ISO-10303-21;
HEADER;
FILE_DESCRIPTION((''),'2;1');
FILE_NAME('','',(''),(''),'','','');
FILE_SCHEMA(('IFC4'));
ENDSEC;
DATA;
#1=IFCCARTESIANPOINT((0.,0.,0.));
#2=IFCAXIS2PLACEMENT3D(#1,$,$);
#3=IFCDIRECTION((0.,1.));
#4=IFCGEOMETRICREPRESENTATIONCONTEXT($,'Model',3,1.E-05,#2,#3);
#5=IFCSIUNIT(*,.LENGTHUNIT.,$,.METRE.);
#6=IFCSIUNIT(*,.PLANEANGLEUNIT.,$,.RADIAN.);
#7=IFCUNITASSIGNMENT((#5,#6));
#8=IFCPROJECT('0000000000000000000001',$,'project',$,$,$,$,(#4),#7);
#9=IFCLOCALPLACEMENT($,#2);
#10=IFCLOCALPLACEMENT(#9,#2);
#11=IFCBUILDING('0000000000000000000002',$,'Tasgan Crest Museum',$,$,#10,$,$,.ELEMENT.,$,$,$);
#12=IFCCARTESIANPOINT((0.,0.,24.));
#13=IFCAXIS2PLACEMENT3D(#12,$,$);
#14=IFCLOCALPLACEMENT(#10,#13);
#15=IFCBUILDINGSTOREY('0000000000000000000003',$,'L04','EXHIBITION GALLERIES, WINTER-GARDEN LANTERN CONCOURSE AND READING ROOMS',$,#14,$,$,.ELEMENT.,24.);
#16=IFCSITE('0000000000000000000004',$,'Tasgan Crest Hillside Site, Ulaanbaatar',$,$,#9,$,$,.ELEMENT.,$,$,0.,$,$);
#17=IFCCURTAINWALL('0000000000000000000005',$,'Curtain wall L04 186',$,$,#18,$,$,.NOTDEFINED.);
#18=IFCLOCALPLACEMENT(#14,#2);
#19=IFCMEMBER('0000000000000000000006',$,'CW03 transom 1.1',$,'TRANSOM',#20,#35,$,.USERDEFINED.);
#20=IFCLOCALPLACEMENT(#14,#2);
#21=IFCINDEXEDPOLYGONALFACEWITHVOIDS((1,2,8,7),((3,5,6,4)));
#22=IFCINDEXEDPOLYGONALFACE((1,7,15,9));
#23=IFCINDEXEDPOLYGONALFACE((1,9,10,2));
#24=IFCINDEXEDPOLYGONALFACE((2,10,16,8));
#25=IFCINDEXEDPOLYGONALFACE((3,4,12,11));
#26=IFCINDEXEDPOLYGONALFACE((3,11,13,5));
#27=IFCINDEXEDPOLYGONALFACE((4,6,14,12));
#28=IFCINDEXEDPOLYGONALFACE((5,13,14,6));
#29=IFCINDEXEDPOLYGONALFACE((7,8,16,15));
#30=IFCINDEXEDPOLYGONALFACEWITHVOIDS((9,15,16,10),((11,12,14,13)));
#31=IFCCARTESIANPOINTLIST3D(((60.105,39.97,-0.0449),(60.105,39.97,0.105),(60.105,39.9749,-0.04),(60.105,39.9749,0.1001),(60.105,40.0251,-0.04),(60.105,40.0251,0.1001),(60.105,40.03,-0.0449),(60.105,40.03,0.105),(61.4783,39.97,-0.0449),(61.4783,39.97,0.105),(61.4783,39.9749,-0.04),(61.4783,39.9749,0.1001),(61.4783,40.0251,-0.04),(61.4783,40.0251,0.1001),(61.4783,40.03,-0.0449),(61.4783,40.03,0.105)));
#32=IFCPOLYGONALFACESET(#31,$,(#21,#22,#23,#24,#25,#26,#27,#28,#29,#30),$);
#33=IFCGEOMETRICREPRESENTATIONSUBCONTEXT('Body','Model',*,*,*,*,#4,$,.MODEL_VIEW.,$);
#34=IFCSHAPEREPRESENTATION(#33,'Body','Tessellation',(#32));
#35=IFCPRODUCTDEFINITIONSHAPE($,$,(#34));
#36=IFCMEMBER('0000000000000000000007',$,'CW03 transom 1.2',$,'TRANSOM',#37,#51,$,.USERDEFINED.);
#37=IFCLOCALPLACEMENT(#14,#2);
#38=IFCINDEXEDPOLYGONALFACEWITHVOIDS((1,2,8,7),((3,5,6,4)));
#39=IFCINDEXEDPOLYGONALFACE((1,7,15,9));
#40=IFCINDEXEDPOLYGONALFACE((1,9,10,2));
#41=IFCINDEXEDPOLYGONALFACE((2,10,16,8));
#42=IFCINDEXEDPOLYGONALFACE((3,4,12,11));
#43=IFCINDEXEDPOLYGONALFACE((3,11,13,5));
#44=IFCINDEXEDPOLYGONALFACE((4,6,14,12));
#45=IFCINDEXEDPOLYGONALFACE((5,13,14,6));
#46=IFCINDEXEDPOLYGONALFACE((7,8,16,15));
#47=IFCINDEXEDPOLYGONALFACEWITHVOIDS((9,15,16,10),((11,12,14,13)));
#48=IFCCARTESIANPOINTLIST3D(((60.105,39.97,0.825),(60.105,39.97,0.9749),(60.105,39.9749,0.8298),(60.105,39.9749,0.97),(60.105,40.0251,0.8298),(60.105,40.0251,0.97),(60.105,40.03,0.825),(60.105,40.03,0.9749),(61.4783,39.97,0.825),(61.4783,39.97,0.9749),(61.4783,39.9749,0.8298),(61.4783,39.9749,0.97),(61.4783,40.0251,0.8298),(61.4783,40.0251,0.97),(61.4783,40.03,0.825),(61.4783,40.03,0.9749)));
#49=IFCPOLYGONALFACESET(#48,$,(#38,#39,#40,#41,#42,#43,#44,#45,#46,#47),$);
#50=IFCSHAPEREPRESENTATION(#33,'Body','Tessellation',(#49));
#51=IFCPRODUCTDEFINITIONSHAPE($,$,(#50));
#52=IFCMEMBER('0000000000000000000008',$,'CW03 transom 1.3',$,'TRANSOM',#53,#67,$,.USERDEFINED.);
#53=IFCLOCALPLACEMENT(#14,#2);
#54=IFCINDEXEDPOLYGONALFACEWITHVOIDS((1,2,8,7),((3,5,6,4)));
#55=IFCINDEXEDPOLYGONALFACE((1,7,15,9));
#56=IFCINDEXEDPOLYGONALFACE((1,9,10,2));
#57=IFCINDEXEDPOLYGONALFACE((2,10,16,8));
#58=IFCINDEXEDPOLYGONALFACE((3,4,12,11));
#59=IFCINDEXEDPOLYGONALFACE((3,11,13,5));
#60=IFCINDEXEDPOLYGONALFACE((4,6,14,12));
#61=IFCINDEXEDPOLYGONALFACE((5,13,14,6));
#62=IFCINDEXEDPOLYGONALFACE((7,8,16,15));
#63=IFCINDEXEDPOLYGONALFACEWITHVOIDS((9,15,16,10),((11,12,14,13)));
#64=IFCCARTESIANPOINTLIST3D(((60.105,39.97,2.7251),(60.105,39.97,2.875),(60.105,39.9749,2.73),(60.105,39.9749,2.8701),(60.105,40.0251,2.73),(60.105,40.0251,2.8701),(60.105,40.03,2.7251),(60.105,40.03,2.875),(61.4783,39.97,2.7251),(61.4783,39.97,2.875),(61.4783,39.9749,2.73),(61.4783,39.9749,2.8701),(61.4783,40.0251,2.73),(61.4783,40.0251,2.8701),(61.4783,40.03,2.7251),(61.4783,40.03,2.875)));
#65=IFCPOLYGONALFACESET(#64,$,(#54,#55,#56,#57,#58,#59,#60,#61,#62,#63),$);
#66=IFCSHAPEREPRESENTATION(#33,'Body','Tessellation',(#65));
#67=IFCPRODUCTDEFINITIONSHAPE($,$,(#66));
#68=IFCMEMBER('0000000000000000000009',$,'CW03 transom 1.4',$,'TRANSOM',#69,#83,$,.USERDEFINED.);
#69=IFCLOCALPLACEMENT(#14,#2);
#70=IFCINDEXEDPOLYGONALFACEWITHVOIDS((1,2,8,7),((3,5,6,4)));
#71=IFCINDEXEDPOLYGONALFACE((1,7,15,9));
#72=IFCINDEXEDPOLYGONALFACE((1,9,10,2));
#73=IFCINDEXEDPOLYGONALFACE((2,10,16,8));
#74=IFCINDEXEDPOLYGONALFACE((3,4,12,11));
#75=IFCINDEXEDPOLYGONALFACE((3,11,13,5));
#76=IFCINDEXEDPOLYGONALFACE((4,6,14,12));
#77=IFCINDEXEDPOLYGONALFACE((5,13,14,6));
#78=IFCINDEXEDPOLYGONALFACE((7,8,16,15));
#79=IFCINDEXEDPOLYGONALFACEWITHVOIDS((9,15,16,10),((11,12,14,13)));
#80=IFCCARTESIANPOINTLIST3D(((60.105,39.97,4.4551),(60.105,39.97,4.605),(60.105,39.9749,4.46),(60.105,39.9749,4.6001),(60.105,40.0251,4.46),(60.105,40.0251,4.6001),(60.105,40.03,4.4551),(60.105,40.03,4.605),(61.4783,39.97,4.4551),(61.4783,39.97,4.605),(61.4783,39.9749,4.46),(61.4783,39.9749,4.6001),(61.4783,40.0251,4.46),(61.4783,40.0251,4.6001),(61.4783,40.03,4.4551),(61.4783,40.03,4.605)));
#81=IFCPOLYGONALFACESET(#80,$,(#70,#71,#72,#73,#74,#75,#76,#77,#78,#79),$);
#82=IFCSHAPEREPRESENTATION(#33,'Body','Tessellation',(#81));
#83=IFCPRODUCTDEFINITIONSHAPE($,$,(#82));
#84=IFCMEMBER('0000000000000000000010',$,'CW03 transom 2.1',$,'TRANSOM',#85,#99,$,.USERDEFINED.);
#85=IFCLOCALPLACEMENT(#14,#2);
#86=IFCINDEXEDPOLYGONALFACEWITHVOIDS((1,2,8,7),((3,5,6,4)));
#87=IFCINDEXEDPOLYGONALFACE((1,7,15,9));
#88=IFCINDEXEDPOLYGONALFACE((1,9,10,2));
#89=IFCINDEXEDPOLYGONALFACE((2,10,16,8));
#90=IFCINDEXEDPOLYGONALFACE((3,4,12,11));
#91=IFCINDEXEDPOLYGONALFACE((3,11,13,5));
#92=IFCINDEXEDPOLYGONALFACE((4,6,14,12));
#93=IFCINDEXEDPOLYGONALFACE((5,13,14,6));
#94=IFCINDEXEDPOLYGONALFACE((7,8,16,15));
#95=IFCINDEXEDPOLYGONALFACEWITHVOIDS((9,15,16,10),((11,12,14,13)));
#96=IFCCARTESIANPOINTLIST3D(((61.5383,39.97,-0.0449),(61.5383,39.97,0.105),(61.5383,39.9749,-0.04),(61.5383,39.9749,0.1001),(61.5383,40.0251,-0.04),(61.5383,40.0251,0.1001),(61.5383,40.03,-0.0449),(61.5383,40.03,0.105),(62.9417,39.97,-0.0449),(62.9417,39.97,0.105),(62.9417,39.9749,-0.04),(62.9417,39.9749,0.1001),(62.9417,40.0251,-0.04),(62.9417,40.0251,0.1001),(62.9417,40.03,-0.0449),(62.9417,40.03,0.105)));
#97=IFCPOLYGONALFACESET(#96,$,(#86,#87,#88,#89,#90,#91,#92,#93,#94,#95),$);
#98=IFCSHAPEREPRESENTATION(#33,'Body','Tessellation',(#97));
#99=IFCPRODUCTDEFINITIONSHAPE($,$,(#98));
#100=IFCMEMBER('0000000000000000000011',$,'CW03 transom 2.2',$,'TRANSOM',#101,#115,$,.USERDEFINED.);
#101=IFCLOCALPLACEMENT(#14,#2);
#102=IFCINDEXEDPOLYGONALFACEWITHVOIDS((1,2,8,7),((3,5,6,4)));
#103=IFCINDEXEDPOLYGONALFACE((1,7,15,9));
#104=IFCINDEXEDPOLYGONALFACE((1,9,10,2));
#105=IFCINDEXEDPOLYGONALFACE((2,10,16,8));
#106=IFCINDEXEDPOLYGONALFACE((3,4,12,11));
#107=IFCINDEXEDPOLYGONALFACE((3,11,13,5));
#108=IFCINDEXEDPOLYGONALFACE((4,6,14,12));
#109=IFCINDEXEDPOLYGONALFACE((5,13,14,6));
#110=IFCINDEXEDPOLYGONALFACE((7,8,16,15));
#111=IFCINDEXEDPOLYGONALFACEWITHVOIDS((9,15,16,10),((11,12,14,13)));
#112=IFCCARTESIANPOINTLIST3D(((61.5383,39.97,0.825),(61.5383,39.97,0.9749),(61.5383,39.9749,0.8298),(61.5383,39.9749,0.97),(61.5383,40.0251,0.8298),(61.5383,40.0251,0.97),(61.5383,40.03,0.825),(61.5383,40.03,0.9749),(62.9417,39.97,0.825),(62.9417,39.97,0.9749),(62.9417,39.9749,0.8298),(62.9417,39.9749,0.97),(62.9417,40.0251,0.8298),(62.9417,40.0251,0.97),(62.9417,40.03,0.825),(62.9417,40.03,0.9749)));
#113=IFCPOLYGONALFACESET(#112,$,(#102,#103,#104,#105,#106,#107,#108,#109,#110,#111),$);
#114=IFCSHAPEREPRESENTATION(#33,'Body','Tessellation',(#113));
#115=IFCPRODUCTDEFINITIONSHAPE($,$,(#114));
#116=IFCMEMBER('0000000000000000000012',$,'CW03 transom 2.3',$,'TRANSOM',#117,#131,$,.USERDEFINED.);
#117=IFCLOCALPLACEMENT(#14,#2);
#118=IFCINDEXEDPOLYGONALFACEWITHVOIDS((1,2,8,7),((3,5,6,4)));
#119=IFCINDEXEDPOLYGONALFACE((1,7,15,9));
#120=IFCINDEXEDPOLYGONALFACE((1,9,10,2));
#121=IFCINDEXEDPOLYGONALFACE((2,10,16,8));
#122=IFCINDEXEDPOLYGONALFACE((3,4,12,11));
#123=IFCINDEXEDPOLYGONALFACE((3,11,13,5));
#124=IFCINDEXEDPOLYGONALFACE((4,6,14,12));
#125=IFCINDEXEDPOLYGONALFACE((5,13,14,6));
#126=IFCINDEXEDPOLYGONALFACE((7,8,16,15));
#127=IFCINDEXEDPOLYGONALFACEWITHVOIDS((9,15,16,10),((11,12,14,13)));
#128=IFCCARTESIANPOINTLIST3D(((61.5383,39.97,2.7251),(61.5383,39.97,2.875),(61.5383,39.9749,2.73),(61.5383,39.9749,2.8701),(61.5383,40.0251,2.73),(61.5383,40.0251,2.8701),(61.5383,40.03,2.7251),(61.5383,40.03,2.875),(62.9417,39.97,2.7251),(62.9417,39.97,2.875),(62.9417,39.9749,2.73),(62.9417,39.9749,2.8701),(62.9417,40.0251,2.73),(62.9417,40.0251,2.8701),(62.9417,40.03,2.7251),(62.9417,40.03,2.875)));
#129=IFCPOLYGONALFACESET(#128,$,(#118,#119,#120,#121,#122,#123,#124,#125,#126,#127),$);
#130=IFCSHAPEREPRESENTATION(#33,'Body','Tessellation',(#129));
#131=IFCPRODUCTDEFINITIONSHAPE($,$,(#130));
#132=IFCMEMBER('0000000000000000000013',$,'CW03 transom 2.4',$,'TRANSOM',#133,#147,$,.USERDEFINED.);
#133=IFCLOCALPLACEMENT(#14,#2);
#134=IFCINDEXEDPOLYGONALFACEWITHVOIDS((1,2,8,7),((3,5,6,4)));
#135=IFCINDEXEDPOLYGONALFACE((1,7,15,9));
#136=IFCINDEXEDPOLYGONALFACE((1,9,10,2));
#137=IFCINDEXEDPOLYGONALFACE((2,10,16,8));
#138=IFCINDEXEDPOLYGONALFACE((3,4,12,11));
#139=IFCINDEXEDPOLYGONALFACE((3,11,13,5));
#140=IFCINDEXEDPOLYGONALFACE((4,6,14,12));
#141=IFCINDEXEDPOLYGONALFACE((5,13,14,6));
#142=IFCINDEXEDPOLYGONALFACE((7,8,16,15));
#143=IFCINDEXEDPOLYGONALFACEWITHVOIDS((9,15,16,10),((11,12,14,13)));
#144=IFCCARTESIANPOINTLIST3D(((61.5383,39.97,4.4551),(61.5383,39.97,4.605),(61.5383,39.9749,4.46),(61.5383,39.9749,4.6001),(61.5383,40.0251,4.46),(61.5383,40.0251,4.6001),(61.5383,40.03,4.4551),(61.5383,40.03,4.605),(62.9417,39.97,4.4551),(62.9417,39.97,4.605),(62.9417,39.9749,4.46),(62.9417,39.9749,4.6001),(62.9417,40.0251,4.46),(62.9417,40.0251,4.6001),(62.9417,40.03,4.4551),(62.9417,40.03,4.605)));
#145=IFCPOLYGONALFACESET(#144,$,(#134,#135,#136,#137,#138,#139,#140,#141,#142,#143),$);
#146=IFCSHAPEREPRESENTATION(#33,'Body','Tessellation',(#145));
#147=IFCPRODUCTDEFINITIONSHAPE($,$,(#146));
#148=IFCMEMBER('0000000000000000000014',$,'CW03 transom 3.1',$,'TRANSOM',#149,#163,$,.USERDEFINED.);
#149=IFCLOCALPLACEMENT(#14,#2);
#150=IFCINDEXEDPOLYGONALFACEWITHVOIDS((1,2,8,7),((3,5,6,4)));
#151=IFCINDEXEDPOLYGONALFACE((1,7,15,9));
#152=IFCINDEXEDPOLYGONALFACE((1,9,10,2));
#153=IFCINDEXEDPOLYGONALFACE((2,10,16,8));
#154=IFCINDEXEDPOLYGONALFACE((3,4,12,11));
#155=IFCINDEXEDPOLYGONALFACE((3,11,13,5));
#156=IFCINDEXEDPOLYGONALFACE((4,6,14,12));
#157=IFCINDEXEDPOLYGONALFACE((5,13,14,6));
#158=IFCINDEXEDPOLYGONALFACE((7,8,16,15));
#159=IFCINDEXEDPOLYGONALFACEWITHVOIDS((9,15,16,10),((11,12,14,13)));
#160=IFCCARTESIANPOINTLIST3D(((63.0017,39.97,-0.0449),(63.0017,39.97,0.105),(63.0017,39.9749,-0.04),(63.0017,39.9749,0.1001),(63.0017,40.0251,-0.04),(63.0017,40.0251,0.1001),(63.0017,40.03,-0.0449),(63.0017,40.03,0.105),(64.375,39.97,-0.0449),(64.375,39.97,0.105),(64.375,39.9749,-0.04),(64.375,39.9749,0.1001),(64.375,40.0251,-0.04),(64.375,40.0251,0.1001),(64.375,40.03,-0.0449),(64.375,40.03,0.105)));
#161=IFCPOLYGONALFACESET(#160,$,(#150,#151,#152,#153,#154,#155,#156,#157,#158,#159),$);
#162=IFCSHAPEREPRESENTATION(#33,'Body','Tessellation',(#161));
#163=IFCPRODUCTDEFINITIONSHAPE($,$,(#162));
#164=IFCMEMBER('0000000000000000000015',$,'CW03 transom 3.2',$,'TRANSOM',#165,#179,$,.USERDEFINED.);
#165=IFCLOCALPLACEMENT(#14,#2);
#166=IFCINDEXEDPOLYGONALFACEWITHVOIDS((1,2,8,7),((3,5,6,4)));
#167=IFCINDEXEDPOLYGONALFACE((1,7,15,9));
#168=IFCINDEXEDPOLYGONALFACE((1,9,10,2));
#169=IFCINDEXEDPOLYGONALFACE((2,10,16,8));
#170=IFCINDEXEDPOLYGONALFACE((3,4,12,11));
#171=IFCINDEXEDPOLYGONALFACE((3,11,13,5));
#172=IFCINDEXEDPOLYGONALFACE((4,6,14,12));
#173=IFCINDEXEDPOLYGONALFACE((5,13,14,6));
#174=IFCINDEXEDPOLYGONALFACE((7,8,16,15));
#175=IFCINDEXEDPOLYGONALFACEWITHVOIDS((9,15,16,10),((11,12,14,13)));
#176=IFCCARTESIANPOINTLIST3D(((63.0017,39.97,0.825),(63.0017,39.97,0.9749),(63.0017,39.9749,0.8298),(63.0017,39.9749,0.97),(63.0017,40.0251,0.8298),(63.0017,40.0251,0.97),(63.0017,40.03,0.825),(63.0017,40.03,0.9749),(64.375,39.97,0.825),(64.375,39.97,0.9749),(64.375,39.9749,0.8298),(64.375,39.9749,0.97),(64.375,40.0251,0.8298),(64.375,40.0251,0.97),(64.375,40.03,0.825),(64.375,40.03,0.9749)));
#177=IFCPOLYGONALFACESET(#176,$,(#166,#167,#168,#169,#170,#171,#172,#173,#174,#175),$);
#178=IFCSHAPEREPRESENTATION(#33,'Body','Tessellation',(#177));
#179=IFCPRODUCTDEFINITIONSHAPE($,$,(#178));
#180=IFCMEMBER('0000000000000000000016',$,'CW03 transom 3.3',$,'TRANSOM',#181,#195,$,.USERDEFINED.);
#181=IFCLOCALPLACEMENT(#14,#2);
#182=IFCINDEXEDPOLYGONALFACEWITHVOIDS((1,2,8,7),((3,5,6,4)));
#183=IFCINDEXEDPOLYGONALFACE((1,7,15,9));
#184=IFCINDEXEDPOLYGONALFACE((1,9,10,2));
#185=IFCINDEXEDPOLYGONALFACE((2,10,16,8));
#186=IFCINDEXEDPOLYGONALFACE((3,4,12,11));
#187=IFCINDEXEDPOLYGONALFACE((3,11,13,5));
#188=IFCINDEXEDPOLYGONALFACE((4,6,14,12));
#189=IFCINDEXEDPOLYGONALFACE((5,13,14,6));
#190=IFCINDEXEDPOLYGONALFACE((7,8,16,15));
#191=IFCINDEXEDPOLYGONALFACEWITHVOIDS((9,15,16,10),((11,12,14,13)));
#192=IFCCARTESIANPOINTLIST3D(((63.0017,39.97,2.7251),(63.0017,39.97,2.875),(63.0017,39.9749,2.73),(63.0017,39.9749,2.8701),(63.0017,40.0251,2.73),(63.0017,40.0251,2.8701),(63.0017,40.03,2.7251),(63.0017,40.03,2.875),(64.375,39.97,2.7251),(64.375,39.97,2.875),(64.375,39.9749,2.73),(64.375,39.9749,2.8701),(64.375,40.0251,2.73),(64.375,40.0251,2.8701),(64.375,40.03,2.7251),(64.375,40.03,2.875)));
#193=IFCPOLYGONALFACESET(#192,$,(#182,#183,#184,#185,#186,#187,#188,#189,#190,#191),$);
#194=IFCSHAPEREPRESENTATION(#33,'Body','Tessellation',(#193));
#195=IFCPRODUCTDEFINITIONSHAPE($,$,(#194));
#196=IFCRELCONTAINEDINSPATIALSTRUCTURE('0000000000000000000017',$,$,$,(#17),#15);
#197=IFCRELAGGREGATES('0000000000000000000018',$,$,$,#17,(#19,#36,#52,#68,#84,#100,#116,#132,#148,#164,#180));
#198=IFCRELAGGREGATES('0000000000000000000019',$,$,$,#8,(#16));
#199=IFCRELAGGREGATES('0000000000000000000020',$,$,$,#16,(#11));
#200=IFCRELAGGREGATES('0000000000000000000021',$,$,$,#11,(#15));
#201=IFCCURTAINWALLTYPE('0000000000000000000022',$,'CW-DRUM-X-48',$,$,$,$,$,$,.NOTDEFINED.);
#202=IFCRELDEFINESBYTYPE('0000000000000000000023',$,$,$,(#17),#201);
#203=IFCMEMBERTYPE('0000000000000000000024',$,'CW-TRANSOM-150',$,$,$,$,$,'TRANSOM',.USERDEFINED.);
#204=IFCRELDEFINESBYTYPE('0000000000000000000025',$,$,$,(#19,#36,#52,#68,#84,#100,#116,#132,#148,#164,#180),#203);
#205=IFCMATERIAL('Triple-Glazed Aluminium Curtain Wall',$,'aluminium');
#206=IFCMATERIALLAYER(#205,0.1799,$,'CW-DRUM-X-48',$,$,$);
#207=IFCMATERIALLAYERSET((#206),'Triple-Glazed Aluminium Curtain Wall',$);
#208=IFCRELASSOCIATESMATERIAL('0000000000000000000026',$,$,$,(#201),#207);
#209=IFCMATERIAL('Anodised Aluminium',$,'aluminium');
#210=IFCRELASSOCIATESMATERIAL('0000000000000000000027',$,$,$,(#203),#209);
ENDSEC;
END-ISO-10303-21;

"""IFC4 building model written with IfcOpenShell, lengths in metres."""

from ifc_helpers import new_model, si_unit, direction, frame, origin, origin_2d, place, context, subcontext, project, spatial, hollow_rectangle, extrude, material, layer, layer_set, material_profile, profile_set, type_object, element, aggregate, save


model = new_model("IFC4")

# Units and contexts
model_context = context("Model", 3, precision=1e-05, world=origin(), true_north=direction((0.0, 1.0)))
body_context = subcontext(model_context, "Body", "Model", "MODEL_VIEW")
ifc_project = project(units=[si_unit("LENGTHUNIT", "METRE"), si_unit("PLANEANGLEUNIT", "RADIAN")], contexts=[model_context])

# Site, building, storey
site_placement = place(None, origin())
site = spatial("IfcSite", under=ifc_project, at=site_placement, Name="Tasgan Crest Hillside Site, Ulaanbaatar", CompositionType="ELEMENT", RefElevation=0.0)
building_placement = place(site_placement, origin())
building = spatial("IfcBuilding", under=site, at=building_placement, Name="Tasgan Crest Museum", CompositionType="ELEMENT")
storey_placement = place(building_placement, frame((0.0, 0.0, 24.0)))
storey = spatial("IfcBuildingStorey", under=building, at=storey_placement, Name="L04", Description="EXHIBITION GALLERIES, WINTER-GARDEN LANTERN CONCOURSE AND READING ROOMS", CompositionType="ELEMENT", Elevation=24.0)

# Curtain wall, members
ifc_material_1 = material(Name="Triple-Glazed Aluminium Curtain Wall", Category="aluminium")
ifc_layer_1 = layer(ifc_material_1, 0.1799, Name="CW-DRUM-X-48")
ifc_layer_set_1 = layer_set([ifc_layer_1], Name="Triple-Glazed Aluminium Curtain Wall")
curtain_wall_type = type_object("IfcCurtainWallType", Name="CW-DRUM-X-48", PredefinedType="NOTDEFINED", material=ifc_layer_set_1)
curtain_wall_placement = place(storey_placement, origin())
curtain_wall = element("IfcCurtainWall", 1, at=curtain_wall_placement, inside=storey, type_object=curtain_wall_type, Name="Curtain wall L04 186", PredefinedType="NOTDEFINED")
ifc_material_2 = material(Name="Anodised Aluminium", Category="aluminium")
ifc_material_profile_1 = material_profile(ifc_material_2, hollow_rectangle(XDim=0.0601, YDim=0.1499, WallThickness=0.0049, at=origin_2d()), Name="ALU TRANSOM 150x60x5")
ifc_profile_set_1 = profile_set([ifc_material_profile_1], Name="Anodised Aluminium")
member_type_1 = type_object("IfcMemberType", Name="CW-TRANSOM-150", ElementType="TRANSOM", PredefinedType="USERDEFINED", material=ifc_profile_set_1)
member_1_placement = place(storey_placement, frame((60.105, 40.0, 0.03), z_axis=(1.0, 0.0, 0.0), x_axis=(0.0, 1.0, 0.0)))
member_1 = element("IfcMember", 2, at=member_1_placement, type_object=member_type_1, Name="CW03 transom 1.1", ObjectType="TRANSOM", PredefinedType="USERDEFINED", context=body_context, shape_type="SweptSolid", body=[
    extrude(hollow_rectangle(XDim=0.0601, YDim=0.1499, WallThickness=0.0049, at=origin_2d()), origin(), (0.0, 0.0, 1.0), 1.3733),
])
member_2_placement = place(storey_placement, frame((60.105, 40.0, 0.8999), z_axis=(1.0, 0.0, 0.0), x_axis=(0.0, 1.0, 0.0)))
member_2 = element("IfcMember", 3, at=member_2_placement, type_object=member_type_1, Name="CW03 transom 1.2", ObjectType="TRANSOM", PredefinedType="USERDEFINED", context=body_context, shape_type="SweptSolid", body=[
    extrude(hollow_rectangle(XDim=0.0601, YDim=0.1499, WallThickness=0.0049, at=origin_2d()), origin(), (0.0, 0.0, 1.0), 1.3733),
])
member_3_placement = place(storey_placement, frame((60.105, 40.0, 2.8), z_axis=(1.0, 0.0, 0.0), x_axis=(0.0, 1.0, 0.0)))
member_3 = element("IfcMember", 4, at=member_3_placement, type_object=member_type_1, Name="CW03 transom 1.3", ObjectType="TRANSOM", PredefinedType="USERDEFINED", context=body_context, shape_type="SweptSolid", body=[
    extrude(hollow_rectangle(XDim=0.0601, YDim=0.1499, WallThickness=0.0049, at=origin_2d()), origin(), (0.0, 0.0, 1.0), 1.3733),
])
member_4_placement = place(storey_placement, frame((60.105, 40.0, 4.53), z_axis=(1.0, 0.0, 0.0), x_axis=(0.0, 1.0, 0.0)))
member_4 = element("IfcMember", 5, at=member_4_placement, type_object=member_type_1, Name="CW03 transom 1.4", ObjectType="TRANSOM", PredefinedType="USERDEFINED", context=body_context, shape_type="SweptSolid", body=[
    extrude(hollow_rectangle(XDim=0.0601, YDim=0.1499, WallThickness=0.0049, at=origin_2d()), origin(), (0.0, 0.0, 1.0), 1.3733),
])
member_5_placement = place(storey_placement, frame((61.5383, 40.0, 0.03), z_axis=(1.0, 0.0, 0.0), x_axis=(0.0, 1.0, 0.0)))
member_5 = element("IfcMember", 6, at=member_5_placement, type_object=member_type_1, Name="CW03 transom 2.1", ObjectType="TRANSOM", PredefinedType="USERDEFINED", context=body_context, shape_type="SweptSolid", body=[
    extrude(hollow_rectangle(XDim=0.0601, YDim=0.1499, WallThickness=0.0049, at=origin_2d()), origin(), (0.0, 0.0, 1.0), 1.4033),
])
member_6_placement = place(storey_placement, frame((61.5383, 40.0, 0.8999), z_axis=(1.0, 0.0, 0.0), x_axis=(0.0, 1.0, 0.0)))
member_6 = element("IfcMember", 7, at=member_6_placement, type_object=member_type_1, Name="CW03 transom 2.2", ObjectType="TRANSOM", PredefinedType="USERDEFINED", context=body_context, shape_type="SweptSolid", body=[
    extrude(hollow_rectangle(XDim=0.0601, YDim=0.1499, WallThickness=0.0049, at=origin_2d()), origin(), (0.0, 0.0, 1.0), 1.4033),
])
member_7_placement = place(storey_placement, frame((61.5383, 40.0, 2.8), z_axis=(1.0, 0.0, 0.0), x_axis=(0.0, 1.0, 0.0)))
member_7 = element("IfcMember", 8, at=member_7_placement, type_object=member_type_1, Name="CW03 transom 2.3", ObjectType="TRANSOM", PredefinedType="USERDEFINED", context=body_context, shape_type="SweptSolid", body=[
    extrude(hollow_rectangle(XDim=0.0601, YDim=0.1499, WallThickness=0.0049, at=origin_2d()), origin(), (0.0, 0.0, 1.0), 1.4033),
])
member_8_placement = place(storey_placement, frame((61.5383, 40.0, 4.53), z_axis=(1.0, 0.0, 0.0), x_axis=(0.0, 1.0, 0.0)))
member_8 = element("IfcMember", 9, at=member_8_placement, type_object=member_type_1, Name="CW03 transom 2.4", ObjectType="TRANSOM", PredefinedType="USERDEFINED", context=body_context, shape_type="SweptSolid", body=[
    extrude(hollow_rectangle(XDim=0.0601, YDim=0.1499, WallThickness=0.0049, at=origin_2d()), origin(), (0.0, 0.0, 1.0), 1.4033),
])
member_9_placement = place(storey_placement, frame((63.0017, 40.0, 0.03), z_axis=(1.0, 0.0, 0.0), x_axis=(0.0, 1.0, 0.0)))
member_9 = element("IfcMember", 10, at=member_9_placement, type_object=member_type_1, Name="CW03 transom 3.1", ObjectType="TRANSOM", PredefinedType="USERDEFINED", context=body_context, shape_type="SweptSolid", body=[
    extrude(hollow_rectangle(XDim=0.0601, YDim=0.1499, WallThickness=0.0049, at=origin_2d()), origin(), (0.0, 0.0, 1.0), 1.3733),
])
member_10_placement = place(storey_placement, frame((63.0017, 40.0, 0.8999), z_axis=(1.0, 0.0, 0.0), x_axis=(0.0, 1.0, 0.0)))
member_10 = element("IfcMember", 11, at=member_10_placement, type_object=member_type_1, Name="CW03 transom 3.2", ObjectType="TRANSOM", PredefinedType="USERDEFINED", context=body_context, shape_type="SweptSolid", body=[
    extrude(hollow_rectangle(XDim=0.0601, YDim=0.1499, WallThickness=0.0049, at=origin_2d()), origin(), (0.0, 0.0, 1.0), 1.3733),
])
member_11_placement = place(storey_placement, frame((63.0017, 40.0, 2.8), z_axis=(1.0, 0.0, 0.0), x_axis=(0.0, 1.0, 0.0)))
member_11 = element("IfcMember", 12, at=member_11_placement, type_object=member_type_1, Name="CW03 transom 3.3", ObjectType="TRANSOM", PredefinedType="USERDEFINED", context=body_context, shape_type="SweptSolid", body=[
    extrude(hollow_rectangle(XDim=0.0601, YDim=0.1499, WallThickness=0.0049, at=origin_2d()), origin(), (0.0, 0.0, 1.0), 1.3733),
])
aggregate(curtain_wall, [member_1, member_2, member_3, member_4, member_5, member_6, member_7, member_8, member_9, member_10, member_11])

save(model, "model.ifc")
